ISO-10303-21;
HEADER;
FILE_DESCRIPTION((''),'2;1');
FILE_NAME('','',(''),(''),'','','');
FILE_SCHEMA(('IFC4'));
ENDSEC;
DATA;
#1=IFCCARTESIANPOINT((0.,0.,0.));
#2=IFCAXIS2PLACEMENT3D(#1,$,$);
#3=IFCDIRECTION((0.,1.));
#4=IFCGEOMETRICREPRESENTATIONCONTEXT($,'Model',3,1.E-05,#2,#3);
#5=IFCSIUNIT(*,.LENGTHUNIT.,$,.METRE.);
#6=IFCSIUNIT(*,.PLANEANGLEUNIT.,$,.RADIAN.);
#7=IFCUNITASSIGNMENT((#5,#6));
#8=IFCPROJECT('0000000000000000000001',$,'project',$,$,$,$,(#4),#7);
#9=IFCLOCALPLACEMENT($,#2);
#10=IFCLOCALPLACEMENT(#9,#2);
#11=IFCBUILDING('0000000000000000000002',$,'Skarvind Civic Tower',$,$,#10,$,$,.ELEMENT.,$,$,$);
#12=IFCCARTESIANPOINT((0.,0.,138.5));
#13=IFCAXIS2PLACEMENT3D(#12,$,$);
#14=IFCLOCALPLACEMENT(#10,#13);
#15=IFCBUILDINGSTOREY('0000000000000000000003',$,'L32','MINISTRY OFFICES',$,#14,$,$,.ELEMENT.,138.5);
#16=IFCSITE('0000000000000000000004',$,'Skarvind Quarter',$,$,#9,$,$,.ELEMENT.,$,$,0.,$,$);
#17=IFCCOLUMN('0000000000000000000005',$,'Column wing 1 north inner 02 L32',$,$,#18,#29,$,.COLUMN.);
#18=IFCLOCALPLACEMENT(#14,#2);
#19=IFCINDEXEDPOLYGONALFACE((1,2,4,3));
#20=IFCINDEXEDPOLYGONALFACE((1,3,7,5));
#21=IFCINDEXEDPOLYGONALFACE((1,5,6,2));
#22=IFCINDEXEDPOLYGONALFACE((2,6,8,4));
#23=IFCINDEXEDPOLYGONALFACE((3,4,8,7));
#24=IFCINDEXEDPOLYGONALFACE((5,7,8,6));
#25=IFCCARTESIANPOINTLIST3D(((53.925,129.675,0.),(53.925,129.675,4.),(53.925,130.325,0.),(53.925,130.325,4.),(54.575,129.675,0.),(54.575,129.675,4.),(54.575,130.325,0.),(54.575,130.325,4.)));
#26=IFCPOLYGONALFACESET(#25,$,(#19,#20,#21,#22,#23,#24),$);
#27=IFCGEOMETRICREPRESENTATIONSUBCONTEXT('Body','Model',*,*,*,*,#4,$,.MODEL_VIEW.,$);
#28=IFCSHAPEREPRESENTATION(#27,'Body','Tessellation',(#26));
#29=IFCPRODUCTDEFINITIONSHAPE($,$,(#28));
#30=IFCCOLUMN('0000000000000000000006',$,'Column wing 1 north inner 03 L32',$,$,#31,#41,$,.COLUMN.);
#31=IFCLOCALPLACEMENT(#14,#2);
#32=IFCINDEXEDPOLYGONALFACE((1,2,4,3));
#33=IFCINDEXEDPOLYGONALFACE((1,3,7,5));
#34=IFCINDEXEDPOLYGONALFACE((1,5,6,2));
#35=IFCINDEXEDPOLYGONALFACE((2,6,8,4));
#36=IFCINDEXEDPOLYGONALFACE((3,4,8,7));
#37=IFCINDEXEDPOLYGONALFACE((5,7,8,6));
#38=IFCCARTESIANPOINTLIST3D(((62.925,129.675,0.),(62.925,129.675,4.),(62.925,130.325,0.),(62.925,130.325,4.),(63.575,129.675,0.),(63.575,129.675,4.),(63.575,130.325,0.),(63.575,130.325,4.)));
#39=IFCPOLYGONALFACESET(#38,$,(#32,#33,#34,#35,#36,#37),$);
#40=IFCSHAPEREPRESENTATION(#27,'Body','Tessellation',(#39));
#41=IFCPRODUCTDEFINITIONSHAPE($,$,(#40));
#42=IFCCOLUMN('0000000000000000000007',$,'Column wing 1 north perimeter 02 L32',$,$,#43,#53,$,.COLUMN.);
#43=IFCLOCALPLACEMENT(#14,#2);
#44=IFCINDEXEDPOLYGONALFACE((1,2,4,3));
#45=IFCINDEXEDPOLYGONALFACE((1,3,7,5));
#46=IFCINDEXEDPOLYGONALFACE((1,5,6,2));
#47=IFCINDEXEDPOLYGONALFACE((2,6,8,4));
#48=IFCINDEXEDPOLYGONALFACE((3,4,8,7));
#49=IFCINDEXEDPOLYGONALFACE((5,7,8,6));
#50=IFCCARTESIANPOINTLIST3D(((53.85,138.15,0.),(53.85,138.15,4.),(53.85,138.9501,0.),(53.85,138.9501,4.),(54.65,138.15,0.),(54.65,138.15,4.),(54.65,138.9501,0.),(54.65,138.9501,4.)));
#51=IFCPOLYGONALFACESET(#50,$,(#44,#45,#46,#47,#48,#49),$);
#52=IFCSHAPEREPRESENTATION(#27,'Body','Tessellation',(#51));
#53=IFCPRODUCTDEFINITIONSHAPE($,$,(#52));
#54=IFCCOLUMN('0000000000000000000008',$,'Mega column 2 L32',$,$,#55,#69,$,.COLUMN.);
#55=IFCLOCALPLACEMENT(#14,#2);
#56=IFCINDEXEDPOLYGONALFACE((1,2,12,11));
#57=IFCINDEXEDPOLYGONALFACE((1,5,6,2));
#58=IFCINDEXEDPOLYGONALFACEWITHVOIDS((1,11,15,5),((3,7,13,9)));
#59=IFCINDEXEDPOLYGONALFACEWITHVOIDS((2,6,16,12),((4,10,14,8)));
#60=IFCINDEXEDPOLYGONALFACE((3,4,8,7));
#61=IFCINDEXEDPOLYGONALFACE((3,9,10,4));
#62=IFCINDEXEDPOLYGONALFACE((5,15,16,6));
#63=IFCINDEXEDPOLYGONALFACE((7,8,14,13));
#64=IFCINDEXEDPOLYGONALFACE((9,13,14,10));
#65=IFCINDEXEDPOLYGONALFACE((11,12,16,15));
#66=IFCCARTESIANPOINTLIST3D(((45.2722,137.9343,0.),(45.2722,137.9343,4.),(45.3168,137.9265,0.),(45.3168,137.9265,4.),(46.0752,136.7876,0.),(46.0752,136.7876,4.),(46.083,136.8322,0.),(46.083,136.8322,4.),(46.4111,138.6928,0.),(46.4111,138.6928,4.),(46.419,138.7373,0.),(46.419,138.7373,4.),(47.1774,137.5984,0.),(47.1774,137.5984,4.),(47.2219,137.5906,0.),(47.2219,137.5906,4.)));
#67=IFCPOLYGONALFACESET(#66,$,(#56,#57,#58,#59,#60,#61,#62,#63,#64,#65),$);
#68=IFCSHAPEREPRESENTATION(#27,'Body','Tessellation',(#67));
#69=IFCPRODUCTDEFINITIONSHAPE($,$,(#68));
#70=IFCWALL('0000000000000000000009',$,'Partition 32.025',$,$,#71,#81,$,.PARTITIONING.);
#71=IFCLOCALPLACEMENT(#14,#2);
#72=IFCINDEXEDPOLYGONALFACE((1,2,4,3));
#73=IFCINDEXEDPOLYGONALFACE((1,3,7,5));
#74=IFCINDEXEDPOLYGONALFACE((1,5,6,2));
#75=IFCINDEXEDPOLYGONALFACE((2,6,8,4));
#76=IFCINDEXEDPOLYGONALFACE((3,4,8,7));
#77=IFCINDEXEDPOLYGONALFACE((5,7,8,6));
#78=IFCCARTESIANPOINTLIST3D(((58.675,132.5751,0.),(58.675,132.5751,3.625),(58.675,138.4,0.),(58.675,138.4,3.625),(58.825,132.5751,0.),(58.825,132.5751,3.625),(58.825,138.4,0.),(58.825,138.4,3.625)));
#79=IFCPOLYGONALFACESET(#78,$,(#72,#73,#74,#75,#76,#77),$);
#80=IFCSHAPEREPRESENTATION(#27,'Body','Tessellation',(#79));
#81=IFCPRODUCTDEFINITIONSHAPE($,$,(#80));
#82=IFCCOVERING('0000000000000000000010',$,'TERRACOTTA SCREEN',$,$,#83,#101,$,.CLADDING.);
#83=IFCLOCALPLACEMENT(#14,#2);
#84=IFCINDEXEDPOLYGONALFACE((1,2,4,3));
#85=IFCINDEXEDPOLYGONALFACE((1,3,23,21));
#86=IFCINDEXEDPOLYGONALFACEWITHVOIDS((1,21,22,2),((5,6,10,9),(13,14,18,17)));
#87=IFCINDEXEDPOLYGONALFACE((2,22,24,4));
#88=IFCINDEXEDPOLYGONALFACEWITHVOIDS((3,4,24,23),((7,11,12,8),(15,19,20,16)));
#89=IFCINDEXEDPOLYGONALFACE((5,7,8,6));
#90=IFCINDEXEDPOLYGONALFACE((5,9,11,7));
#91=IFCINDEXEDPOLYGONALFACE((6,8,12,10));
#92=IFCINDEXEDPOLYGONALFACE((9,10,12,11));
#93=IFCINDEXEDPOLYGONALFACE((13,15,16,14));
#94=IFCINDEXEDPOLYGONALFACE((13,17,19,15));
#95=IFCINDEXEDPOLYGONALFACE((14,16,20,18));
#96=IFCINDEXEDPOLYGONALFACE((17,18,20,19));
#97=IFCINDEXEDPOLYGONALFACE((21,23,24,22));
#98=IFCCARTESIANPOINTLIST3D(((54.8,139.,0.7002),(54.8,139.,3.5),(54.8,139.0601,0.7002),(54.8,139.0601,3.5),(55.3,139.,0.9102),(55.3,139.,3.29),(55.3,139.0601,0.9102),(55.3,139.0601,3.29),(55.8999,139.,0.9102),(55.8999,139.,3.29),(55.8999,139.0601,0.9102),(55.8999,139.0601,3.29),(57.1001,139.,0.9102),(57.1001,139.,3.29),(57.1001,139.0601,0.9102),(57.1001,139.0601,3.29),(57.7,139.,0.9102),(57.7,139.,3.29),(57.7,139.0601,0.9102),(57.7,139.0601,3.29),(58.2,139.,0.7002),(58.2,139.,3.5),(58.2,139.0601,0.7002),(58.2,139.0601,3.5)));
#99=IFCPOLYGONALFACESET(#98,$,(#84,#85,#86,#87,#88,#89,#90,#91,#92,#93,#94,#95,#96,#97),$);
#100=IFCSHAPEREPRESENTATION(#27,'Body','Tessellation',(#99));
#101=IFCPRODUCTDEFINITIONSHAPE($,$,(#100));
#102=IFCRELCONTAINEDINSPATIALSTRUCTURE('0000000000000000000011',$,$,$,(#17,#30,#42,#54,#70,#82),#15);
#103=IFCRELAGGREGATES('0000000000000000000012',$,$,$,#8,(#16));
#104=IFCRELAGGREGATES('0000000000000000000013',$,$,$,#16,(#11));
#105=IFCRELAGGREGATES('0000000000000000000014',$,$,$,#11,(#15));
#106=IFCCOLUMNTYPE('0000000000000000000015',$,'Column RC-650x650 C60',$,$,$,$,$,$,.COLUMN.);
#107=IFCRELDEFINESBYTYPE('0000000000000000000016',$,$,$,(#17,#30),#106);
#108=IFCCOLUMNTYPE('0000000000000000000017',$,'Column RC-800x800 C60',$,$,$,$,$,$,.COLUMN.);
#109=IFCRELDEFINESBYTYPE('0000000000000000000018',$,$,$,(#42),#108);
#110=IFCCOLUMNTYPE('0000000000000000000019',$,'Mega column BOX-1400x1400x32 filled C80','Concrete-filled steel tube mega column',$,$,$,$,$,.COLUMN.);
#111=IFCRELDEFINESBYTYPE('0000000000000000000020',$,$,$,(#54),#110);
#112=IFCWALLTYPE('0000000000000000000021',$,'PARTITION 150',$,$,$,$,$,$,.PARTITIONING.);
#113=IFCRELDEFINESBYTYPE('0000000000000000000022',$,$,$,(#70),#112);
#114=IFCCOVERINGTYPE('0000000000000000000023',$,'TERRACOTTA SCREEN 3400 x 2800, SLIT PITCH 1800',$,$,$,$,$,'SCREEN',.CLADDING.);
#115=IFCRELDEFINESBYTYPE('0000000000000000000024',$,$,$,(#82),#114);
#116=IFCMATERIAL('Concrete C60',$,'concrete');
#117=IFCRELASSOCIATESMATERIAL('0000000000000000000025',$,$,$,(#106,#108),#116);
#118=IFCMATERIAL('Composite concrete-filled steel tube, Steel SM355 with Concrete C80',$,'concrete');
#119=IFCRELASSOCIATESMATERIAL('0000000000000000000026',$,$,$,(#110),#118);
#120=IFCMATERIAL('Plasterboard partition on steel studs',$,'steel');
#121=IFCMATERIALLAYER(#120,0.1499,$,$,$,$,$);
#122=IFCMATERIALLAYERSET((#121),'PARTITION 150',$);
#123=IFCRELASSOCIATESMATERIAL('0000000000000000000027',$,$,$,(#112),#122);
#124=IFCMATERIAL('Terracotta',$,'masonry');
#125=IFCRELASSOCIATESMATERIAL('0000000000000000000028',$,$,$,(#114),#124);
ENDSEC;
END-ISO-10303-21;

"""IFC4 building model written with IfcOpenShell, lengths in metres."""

from ifc_helpers import new_model, si_unit, direction, frame, frame_2d, origin, origin_2d, place, context, subcontext, project, spatial, polyline, rectangle, hollow_rectangle, outline, extrude, material, layer, layer_set, material_profile, profile_set, type_object, element, save


model = new_model("IFC4")

# Units and contexts
model_context = context("Model", 3, precision=1e-05, world=origin(), true_north=direction((0.0, 1.0)))
body_context = subcontext(model_context, "Body", "Model", "MODEL_VIEW")
ifc_project = project(units=[si_unit("LENGTHUNIT", "METRE"), si_unit("PLANEANGLEUNIT", "RADIAN")], contexts=[model_context])

# Site, building, storey
site_placement = place(None, origin())
site = spatial("IfcSite", under=ifc_project, at=site_placement, Name="Skarvind Quarter", CompositionType="ELEMENT", RefElevation=0.0)
building_placement = place(site_placement, origin())
building = spatial("IfcBuilding", under=site, at=building_placement, Name="Skarvind Civic Tower", CompositionType="ELEMENT")
storey_placement = place(building_placement, frame((0.0, 0.0, 138.5)))
storey = spatial("IfcBuildingStorey", under=building, at=storey_placement, Name="L32", Description="MINISTRY OFFICES", CompositionType="ELEMENT", Elevation=138.5)

# Columns
ifc_material_1 = material(Name="Concrete C60", Category="concrete")
ifc_material_profile_1 = material_profile(ifc_material_1, rectangle(XDim=0.6499, YDim=0.6499, at=origin_2d()), Name="RC-650x650")
ifc_profile_set_1 = profile_set([ifc_material_profile_1], Name="Concrete C60")
column_type_1 = type_object("IfcColumnType", Name="Column RC-650x650 C60", PredefinedType="COLUMN", material=ifc_profile_set_1)
for number, where, z_axis, x_axis, name in (
    (1, (54.25, 130.0, 0.0), (0.0, 0.0, 1.0), (1.0, 0.0, 0.0), "Column wing 1 north inner 02 L32"),
    (2, (63.25, 130.0, 0.0), (0.0, 0.0, 1.0), (1.0, 0.0, 0.0), "Column wing 1 north inner 03 L32"),
):
    element("IfcColumn", number, at=place(storey_placement, frame(where, z_axis=z_axis, x_axis=x_axis)), inside=storey, type_object=column_type_1, Name=name, PredefinedType="COLUMN", context=body_context, shape_type="SweptSolid", body=[
        extrude(rectangle(XDim=0.6499, YDim=0.6499, at=origin_2d()), origin(), (0.0, 0.0, 1.0), 4.0),
    ])
ifc_material_profile_2 = material_profile(ifc_material_1, rectangle(XDim=0.8, YDim=0.8, at=origin_2d()), Name="RC-800x800")
ifc_profile_set_2 = profile_set([ifc_material_profile_2], Name="Concrete C60")
column_type_2 = type_object("IfcColumnType", Name="Column RC-800x800 C60", PredefinedType="COLUMN", material=ifc_profile_set_2)
column_1_placement = place(storey_placement, frame((54.25, 138.55, 0.0), z_axis=(0.0, 0.0, 1.0), x_axis=(1.0, 0.0, 0.0)))
element("IfcColumn", 3, at=column_1_placement, inside=storey, type_object=column_type_2, Name="Column wing 1 north perimeter 02 L32", PredefinedType="COLUMN", context=body_context, shape_type="SweptSolid", body=[
    extrude(rectangle(XDim=0.8, YDim=0.8, at=origin_2d()), origin(), (0.0, 0.0, 1.0), 4.0),
])
ifc_material_2 = material(Name="Composite concrete-filled steel tube, Steel SM355 with Concrete C80", Category="concrete")
ifc_material_profile_3 = material_profile(ifc_material_2, hollow_rectangle(XDim=1.3999, YDim=1.3999, WallThickness=0.032, at=origin_2d()), Name="BOX-1400x1400x32")
ifc_profile_set_3 = profile_set([ifc_material_profile_3], Name="Composite concrete-filled steel tube, Steel SM355 with Concrete C80")
column_type_3 = type_object("IfcColumnType", Name="Mega column BOX-1400x1400x32 filled C80", Description="Concrete-filled steel tube mega column", PredefinedType="COLUMN", material=ifc_profile_set_3)
column_2_placement = place(storey_placement, frame((46.2471, 137.7625, 0.0), z_axis=(0.0, 0.0, 1.0), x_axis=(0.573576, -0.819152, 0.0)))
element("IfcColumn", 4, at=column_2_placement, inside=storey, type_object=column_type_3, Name="Mega column 2 L32", PredefinedType="COLUMN", context=body_context, shape_type="SweptSolid", body=[
    extrude(hollow_rectangle(XDim=1.3999, YDim=1.3999, WallThickness=0.032, at=origin_2d()), origin(), (0.0, 0.0, 1.0), 4.0),
])

# Wall
ifc_material_3 = material(Name="Plasterboard partition on steel studs", Category="steel")
ifc_layer_1 = layer(ifc_material_3, 0.1499)
ifc_layer_set_1 = layer_set([ifc_layer_1], Name="PARTITION 150")
wall_type_1 = type_object("IfcWallType", Name="PARTITION 150", PredefinedType="PARTITIONING", material=ifc_layer_set_1)
wall_1_placement = place(storey_placement, frame((58.75, 132.575, 0.0), z_axis=(0.0, 0.0, 1.0), x_axis=(0.0, 1.0, 0.0)))
element("IfcWall", 5, at=wall_1_placement, inside=storey, type_object=wall_type_1, Name="Partition 32.025", PredefinedType="PARTITIONING", context=body_context, shape_type="SweptSolid", body=[
    extrude(rectangle(XDim=5.825, YDim=0.1499, at=frame_2d((2.9126, 0.0))), origin(), (0.0, 0.0, 1.0), 3.625),
])

# Covering
ifc_material_4 = material(Name="Terracotta", Category="masonry")
ifc_material_profile_4 = material_profile(ifc_material_4, outline(polyline([(-1.7, -1.3999), (1.7, -1.3999), (1.7, 1.3999), (-1.7, 1.3999), (-1.7, -1.3999)]), holes=[polyline([(-1.2, -1.1899), (-0.6001, -1.1899), (-0.6001, 1.1899), (-1.2, 1.1899), (-1.2, -1.1899)]), polyline([(0.6001, -1.1899), (1.2, -1.1899), (1.2, 1.1899), (0.6001, 1.1899), (0.6001, -1.1899)])]), Name="TERRACOTTA SCREEN 3400 x 2800, SLIT PITCH 1800")
ifc_profile_set_4 = profile_set([ifc_material_profile_4], Name="Terracotta")
covering_type = type_object("IfcCoveringType", Name="TERRACOTTA SCREEN 3400 x 2800, SLIT PITCH 1800", ElementType="SCREEN", PredefinedType="CLADDING", material=ifc_profile_set_4)
covering_placement = place(storey_placement, frame((56.5, 139.0, 2.1001), z_axis=(0.0, 1.0, 0.0), x_axis=(-1.0, 0.0, 0.0)))
element("IfcCovering", 6, at=covering_placement, inside=storey, type_object=covering_type, Name="TERRACOTTA SCREEN", PredefinedType="CLADDING", context=body_context, shape_type="SweptSolid", body=[
    extrude(outline(polyline([(-1.7, -1.3999), (1.7, -1.3999), (1.7, 1.3999), (-1.7, 1.3999), (-1.7, -1.3999)]), holes=[polyline([(-1.2, -1.1899), (-0.6001, -1.1899), (-0.6001, 1.1899), (-1.2, 1.1899), (-1.2, -1.1899)]), polyline([(0.6001, -1.1899), (1.2, -1.1899), (1.2, 1.1899), (0.6001, 1.1899), (0.6001, -1.1899)])]), origin(), (0.0, 0.0, 1.0), 0.0601),
])

save(model, "model.ifc")
